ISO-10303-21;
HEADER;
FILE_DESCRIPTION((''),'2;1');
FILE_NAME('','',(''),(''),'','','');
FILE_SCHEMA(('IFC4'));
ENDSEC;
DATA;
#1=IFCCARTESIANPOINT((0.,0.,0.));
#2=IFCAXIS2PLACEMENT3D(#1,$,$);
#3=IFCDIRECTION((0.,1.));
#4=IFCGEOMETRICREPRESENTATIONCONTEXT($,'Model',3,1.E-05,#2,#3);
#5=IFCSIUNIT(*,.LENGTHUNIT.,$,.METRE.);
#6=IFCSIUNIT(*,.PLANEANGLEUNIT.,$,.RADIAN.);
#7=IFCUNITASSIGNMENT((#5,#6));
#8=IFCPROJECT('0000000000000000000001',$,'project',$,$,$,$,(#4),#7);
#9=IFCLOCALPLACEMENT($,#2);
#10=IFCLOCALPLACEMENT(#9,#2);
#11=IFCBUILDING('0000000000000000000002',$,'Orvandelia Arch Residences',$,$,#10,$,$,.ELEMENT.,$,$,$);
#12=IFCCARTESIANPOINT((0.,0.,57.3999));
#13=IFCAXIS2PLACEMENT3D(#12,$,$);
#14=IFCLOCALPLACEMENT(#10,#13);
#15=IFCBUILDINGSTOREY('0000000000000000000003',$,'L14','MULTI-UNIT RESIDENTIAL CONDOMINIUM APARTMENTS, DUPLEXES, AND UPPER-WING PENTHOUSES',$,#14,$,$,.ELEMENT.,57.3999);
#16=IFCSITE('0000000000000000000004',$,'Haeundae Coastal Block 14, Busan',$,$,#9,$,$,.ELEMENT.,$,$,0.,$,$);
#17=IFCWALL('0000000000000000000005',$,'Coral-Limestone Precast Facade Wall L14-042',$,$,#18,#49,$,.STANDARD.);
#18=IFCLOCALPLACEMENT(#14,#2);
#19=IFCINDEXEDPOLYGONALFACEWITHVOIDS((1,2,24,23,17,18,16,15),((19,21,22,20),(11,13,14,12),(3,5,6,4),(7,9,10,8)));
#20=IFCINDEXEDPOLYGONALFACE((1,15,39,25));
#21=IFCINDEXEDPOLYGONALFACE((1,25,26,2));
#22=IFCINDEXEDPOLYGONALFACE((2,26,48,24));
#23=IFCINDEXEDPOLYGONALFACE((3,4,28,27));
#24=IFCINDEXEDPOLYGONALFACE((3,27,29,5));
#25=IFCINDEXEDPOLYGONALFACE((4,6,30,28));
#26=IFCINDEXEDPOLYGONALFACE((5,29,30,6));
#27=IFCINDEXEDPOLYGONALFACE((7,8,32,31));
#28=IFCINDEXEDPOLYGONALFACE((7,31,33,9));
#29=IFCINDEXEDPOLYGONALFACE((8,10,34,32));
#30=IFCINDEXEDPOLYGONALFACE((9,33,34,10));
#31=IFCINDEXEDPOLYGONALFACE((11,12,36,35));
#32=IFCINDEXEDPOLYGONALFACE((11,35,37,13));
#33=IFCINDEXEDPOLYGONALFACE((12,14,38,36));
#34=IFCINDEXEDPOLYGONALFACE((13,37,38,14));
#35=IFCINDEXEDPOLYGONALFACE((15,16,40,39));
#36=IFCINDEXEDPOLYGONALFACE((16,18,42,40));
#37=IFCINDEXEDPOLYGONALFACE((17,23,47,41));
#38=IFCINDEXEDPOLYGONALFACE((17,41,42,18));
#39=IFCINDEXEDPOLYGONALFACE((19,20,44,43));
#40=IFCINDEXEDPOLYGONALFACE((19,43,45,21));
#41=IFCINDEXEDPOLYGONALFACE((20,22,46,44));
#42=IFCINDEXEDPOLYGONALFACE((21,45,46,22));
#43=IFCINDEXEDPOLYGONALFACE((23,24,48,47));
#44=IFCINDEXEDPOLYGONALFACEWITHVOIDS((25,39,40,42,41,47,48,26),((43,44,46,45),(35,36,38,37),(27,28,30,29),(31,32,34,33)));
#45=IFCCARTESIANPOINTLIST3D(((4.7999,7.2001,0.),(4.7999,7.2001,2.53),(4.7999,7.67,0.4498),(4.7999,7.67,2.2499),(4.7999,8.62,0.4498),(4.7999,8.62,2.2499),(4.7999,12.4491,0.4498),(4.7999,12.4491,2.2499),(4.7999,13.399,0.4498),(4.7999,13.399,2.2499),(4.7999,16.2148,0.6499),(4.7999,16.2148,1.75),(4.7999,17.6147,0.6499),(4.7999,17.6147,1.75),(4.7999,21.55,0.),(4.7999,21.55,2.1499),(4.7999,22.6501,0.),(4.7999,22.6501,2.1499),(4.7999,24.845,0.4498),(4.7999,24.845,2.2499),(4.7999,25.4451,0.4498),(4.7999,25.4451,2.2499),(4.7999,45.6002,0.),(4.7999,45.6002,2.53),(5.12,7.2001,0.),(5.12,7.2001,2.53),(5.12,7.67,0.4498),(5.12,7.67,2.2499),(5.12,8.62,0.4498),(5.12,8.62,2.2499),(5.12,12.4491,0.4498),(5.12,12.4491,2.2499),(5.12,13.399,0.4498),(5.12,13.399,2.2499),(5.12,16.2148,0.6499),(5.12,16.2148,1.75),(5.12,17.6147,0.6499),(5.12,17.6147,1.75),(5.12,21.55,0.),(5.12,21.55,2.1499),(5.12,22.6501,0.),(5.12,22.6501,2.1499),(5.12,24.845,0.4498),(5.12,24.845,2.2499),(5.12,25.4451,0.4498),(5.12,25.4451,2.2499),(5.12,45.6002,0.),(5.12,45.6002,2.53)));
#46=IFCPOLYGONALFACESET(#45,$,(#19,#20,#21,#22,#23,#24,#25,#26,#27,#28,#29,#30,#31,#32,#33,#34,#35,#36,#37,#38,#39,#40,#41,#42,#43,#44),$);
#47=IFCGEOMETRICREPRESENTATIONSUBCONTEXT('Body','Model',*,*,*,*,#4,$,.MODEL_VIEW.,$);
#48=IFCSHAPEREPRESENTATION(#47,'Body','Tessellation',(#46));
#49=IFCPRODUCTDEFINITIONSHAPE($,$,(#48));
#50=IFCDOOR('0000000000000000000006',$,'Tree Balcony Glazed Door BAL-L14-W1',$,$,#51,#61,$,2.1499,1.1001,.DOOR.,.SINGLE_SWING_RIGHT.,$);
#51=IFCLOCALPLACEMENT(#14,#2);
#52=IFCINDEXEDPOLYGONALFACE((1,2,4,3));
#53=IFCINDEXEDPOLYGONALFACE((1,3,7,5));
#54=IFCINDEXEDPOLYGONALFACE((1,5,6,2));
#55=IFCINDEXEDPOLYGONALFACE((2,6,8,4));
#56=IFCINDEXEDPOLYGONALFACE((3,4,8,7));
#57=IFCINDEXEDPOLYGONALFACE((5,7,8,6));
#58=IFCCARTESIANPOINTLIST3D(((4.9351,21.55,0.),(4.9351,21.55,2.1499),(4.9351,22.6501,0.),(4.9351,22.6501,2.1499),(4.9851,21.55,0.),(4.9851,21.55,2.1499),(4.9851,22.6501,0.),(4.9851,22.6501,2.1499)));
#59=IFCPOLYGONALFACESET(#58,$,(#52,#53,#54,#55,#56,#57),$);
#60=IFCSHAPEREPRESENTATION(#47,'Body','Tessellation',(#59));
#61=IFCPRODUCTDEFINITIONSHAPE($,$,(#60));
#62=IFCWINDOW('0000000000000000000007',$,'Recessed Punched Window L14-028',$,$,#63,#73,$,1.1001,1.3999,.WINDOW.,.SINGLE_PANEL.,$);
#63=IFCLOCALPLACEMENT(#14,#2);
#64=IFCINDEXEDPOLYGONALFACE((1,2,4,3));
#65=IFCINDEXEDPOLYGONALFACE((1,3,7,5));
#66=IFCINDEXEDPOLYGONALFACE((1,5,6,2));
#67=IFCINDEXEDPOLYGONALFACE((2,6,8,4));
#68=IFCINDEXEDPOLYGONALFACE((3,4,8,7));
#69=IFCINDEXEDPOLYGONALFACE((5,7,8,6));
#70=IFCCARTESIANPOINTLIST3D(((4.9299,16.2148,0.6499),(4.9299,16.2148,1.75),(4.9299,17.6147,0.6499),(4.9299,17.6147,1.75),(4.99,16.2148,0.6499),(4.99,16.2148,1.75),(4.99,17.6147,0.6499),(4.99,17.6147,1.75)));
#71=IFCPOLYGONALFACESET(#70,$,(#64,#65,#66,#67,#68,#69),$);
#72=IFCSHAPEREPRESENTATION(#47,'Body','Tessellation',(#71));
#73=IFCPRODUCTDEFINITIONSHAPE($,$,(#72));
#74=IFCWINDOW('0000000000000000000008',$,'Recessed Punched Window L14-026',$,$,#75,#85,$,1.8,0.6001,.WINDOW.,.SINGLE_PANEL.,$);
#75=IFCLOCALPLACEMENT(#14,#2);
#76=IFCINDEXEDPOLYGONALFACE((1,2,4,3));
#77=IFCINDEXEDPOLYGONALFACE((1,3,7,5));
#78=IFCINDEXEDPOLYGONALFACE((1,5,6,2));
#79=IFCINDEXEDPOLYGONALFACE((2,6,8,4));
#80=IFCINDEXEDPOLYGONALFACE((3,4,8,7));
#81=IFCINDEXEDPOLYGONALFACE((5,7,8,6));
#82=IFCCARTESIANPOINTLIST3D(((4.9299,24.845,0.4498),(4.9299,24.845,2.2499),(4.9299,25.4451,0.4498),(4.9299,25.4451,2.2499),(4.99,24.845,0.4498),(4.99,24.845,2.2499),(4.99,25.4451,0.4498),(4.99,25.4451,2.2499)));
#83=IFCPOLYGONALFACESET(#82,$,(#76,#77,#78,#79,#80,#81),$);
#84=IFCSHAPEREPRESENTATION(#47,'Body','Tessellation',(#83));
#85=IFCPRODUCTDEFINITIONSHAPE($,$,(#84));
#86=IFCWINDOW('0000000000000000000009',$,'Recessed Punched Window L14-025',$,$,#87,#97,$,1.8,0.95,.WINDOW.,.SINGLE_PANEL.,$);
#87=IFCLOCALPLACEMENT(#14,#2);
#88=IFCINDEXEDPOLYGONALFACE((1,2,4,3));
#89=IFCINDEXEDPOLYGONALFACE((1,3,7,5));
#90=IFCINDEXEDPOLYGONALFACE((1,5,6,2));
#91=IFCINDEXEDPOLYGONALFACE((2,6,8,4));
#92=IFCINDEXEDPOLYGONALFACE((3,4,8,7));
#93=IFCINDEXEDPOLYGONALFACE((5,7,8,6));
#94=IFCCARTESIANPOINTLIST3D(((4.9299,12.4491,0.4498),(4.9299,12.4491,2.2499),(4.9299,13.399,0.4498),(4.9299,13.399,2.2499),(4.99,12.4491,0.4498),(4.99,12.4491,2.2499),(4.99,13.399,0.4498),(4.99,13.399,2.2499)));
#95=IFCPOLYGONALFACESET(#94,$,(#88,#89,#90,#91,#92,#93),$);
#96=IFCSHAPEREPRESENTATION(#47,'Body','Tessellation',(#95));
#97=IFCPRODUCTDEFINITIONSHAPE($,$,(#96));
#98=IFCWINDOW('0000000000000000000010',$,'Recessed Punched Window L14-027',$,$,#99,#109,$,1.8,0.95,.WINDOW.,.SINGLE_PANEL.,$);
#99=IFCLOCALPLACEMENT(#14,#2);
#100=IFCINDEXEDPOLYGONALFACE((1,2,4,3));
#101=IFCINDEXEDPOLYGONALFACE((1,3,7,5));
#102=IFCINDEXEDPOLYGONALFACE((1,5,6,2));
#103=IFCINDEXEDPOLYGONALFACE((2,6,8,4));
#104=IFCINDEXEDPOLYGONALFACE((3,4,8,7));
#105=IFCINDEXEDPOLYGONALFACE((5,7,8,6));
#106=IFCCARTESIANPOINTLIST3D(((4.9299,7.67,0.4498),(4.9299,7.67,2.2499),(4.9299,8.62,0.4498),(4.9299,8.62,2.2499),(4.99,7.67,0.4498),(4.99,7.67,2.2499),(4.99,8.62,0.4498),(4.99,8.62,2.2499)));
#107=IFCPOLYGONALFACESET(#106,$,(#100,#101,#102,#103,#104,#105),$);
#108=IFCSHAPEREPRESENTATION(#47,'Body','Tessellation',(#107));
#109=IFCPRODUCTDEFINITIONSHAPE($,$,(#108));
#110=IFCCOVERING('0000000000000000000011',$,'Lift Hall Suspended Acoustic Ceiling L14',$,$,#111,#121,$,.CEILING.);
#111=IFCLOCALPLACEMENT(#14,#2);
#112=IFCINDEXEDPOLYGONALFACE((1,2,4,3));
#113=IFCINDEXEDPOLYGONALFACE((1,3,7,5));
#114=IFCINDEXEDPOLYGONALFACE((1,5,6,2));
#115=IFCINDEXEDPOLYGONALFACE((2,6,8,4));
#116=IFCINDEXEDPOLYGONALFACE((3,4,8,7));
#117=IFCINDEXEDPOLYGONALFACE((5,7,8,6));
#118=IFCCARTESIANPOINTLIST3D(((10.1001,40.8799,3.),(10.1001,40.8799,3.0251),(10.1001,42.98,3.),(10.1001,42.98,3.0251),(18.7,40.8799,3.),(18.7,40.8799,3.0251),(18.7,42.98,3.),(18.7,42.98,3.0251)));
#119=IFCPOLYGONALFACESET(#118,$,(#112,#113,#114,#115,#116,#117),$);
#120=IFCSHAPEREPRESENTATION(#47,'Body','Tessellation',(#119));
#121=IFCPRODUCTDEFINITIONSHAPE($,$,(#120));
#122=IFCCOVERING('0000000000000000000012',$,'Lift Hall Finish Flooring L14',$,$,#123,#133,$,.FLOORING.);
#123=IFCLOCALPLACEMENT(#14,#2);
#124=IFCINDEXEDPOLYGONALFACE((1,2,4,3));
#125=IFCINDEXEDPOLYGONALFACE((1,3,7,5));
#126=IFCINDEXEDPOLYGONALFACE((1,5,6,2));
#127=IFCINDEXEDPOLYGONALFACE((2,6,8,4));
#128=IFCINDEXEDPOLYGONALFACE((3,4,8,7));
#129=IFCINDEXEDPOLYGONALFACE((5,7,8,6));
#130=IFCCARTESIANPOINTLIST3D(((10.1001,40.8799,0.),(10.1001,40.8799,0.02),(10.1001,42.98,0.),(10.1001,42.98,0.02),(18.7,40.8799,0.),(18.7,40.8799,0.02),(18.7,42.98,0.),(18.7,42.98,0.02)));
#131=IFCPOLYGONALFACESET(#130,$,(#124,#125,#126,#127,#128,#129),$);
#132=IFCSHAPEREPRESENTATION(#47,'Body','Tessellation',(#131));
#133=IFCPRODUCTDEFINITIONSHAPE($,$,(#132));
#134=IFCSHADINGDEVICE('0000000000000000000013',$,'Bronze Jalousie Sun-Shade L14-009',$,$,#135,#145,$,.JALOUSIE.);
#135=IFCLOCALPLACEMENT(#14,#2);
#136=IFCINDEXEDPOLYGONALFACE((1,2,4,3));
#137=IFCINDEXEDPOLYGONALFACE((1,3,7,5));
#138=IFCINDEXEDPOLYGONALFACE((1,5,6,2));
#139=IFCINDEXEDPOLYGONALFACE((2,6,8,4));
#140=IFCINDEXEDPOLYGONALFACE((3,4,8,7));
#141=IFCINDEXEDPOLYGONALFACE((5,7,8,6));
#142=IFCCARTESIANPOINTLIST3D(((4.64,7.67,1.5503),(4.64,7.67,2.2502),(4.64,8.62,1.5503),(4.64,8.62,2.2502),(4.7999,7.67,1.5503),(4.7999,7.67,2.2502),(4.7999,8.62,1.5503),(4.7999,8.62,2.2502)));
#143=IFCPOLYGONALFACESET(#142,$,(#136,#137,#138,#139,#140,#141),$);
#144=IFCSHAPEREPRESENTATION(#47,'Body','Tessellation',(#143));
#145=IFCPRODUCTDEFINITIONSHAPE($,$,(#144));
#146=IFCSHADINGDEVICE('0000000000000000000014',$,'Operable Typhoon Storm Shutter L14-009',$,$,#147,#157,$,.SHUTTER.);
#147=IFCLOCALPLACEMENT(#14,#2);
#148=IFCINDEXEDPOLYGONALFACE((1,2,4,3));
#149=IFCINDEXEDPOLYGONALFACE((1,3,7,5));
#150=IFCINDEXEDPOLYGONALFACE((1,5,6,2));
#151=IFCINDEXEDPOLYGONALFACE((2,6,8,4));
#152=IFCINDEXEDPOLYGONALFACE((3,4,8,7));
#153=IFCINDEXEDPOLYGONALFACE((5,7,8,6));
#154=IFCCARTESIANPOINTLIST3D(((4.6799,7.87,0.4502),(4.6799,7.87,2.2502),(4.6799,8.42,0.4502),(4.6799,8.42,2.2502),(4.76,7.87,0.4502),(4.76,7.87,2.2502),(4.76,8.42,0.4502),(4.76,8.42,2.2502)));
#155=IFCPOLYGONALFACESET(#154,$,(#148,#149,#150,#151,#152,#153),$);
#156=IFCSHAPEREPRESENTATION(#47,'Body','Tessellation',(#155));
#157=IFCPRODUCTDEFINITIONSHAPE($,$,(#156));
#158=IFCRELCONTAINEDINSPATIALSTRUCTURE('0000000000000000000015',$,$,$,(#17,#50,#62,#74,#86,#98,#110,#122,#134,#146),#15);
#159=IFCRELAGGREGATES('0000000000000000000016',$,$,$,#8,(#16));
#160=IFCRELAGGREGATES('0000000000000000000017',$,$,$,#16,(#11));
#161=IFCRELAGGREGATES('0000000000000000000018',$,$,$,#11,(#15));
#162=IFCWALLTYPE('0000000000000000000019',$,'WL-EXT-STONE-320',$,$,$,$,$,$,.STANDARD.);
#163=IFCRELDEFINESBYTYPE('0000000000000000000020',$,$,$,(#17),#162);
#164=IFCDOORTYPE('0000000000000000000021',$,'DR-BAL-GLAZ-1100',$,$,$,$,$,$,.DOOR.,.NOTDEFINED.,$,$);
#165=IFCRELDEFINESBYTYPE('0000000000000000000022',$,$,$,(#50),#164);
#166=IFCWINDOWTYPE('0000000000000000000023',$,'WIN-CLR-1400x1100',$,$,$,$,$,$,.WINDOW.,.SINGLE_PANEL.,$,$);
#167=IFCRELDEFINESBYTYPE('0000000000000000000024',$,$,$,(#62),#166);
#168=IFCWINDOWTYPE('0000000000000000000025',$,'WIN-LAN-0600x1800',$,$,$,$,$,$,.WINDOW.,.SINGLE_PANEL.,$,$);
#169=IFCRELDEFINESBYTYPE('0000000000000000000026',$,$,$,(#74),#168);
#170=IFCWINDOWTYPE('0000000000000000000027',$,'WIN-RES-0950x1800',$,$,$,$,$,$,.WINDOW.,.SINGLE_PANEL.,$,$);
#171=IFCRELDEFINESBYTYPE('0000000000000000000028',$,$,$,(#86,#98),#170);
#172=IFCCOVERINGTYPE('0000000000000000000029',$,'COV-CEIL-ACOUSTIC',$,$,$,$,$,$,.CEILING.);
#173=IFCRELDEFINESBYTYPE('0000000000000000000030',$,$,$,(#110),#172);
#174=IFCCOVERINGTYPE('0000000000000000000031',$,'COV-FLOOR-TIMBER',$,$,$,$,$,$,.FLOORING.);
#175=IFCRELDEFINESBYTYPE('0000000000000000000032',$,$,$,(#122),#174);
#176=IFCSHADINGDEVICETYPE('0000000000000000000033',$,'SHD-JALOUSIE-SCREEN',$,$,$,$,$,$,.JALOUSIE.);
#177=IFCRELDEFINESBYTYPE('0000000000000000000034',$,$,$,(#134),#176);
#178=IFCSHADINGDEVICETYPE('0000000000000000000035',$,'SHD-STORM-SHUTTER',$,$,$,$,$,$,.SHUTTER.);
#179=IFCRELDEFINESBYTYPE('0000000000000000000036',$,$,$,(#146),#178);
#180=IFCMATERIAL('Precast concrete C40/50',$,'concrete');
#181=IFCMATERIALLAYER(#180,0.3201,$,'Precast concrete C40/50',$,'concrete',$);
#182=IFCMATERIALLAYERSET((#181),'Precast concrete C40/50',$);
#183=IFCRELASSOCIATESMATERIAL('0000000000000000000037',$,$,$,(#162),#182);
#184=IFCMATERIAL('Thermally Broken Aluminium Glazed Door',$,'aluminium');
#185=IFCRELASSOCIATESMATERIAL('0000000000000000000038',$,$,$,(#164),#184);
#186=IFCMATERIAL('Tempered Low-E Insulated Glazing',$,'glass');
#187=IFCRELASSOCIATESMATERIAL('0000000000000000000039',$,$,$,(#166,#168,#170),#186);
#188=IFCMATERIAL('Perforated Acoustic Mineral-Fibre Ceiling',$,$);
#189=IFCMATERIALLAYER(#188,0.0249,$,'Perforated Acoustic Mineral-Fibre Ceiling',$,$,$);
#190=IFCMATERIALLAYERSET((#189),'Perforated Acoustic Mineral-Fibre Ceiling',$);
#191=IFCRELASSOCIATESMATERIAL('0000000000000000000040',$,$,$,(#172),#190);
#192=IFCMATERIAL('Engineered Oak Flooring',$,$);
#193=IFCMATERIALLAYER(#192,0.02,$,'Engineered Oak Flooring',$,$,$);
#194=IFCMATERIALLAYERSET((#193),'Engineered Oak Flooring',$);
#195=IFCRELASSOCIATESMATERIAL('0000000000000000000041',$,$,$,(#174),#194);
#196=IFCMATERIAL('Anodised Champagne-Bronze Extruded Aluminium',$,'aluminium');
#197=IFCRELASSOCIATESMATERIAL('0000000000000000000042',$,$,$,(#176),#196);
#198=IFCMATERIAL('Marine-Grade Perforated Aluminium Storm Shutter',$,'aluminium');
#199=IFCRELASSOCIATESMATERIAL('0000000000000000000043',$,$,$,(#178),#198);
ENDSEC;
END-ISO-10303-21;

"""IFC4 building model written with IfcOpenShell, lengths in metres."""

from ifc_helpers import new_model, si_unit, direction, frame, frame_2d, origin, origin_2d, place, context, subcontext, project, spatial, polyline, rectangle, outline, extrude, material, layer, layer_set, type_object, element, fill, save


model = new_model("IFC4")

# Units and contexts
model_context = context("Model", 3, precision=1e-05, world=origin(), true_north=direction((0.0, 1.0)))
body_context = subcontext(model_context, "Body", "Model", "MODEL_VIEW")
ifc_project = project(units=[si_unit("LENGTHUNIT", "METRE"), si_unit("PLANEANGLEUNIT", "RADIAN")], contexts=[model_context])

# Site, building, storey
site_placement = place(None, origin())
site = spatial("IfcSite", under=ifc_project, at=site_placement, Name="Haeundae Coastal Block 14, Busan", CompositionType="ELEMENT", RefElevation=0.0)
building_placement = place(site_placement, origin())
building = spatial("IfcBuilding", under=site, at=building_placement, Name="Orvandelia Arch Residences", CompositionType="ELEMENT")
storey_placement = place(building_placement, frame((0.0, 0.0, 57.3999)))
storey = spatial("IfcBuildingStorey", under=building, at=storey_placement, Name="L14", Description="MULTI-UNIT RESIDENTIAL CONDOMINIUM APARTMENTS, DUPLEXES, AND UPPER-WING PENTHOUSES", CompositionType="ELEMENT", Elevation=57.3999)

# Shared definitions
ifc_material_1 = material(Name="Precast concrete C40/50", Category="concrete")

# Shared definitions
ifc_layer_1 = layer(ifc_material_1, 0.3201, Name="Precast concrete C40/50", Category="concrete")
ifc_layer_set_1 = layer_set([ifc_layer_1], Name="Precast concrete C40/50")
wall_type_1 = type_object("IfcWallType", Name="WL-EXT-STONE-320", PredefinedType="STANDARD", material=ifc_layer_set_1)

# Wall, openings, door, windows
wall_1_placement = place(storey_placement, frame((4.96, 7.2, 0.0), z_axis=(0.0, 0.0, 1.0), x_axis=(0.0, 1.0, 0.0)))
wall_1 = element("IfcWall", 1, at=wall_1_placement, inside=storey, type_object=wall_type_1, Name="Coral-Limestone Precast Facade Wall L14-042", PredefinedType="STANDARD", context=body_context, shape_type="SweptSolid", body=[
    extrude(rectangle(XDim=38.4001, YDim=0.3201, at=frame_2d((19.2002, 0.0))), origin(), (0.0, 0.0, 1.0), 2.53),
])
opening_1_placement = place(wall_1_placement, frame((14.3501, 0.0, 0.0)))
opening_1 = element("IfcOpeningElement", 2, at=opening_1_placement, cuts=wall_1, PredefinedType="OPENING", context=body_context, shape_type="SweptSolid", body=[
    extrude(rectangle(XDim=1.1001, YDim=2.1499, at=frame_2d((0.55, 1.075))), frame((0.0, 0.1699, 0.0), z_axis=(0.0, -1.0, 0.0), x_axis=(1.0, 0.0, 0.0)), (0.0, 0.0, 1.0), 0.3401),
])
opening_2_placement = place(wall_1_placement, frame((5.249, 0.0, 0.45)))
opening_2 = element("IfcOpeningElement", 3, at=opening_2_placement, cuts=wall_1, PredefinedType="OPENING", context=body_context, shape_type="SweptSolid", body=[
    extrude(rectangle(XDim=0.95, YDim=1.8, at=frame_2d((0.4751, 0.8999))), frame((0.0, 0.1699, 0.0), z_axis=(0.0, -1.0, 0.0), x_axis=(1.0, 0.0, 0.0)), (0.0, 0.0, 1.0), 0.3401),
])
opening_3_placement = place(wall_1_placement, frame((17.645, 0.0, 0.45)))
opening_3 = element("IfcOpeningElement", 4, at=opening_3_placement, cuts=wall_1, PredefinedType="OPENING", context=body_context, shape_type="SweptSolid", body=[
    extrude(rectangle(XDim=0.6001, YDim=1.8, at=frame_2d((0.3, 0.8999))), frame((0.0, 0.1699, 0.0), z_axis=(0.0, -1.0, 0.0), x_axis=(1.0, 0.0, 0.0)), (0.0, 0.0, 1.0), 0.3401),
])
opening_4_placement = place(wall_1_placement, frame((0.47, 0.0, 0.45)))
opening_4 = element("IfcOpeningElement", 5, at=opening_4_placement, cuts=wall_1, PredefinedType="OPENING", context=body_context, shape_type="SweptSolid", body=[
    extrude(rectangle(XDim=0.95, YDim=1.8, at=frame_2d((0.4751, 0.8999))), frame((0.0, 0.1699, 0.0), z_axis=(0.0, -1.0, 0.0), x_axis=(1.0, 0.0, 0.0)), (0.0, 0.0, 1.0), 0.3401),
])
opening_5_placement = place(wall_1_placement, frame((9.0149, 0.0, 0.6499)))
opening_5 = element("IfcOpeningElement", 6, at=opening_5_placement, cuts=wall_1, PredefinedType="OPENING", context=body_context, shape_type="SweptSolid", body=[
    extrude(rectangle(XDim=1.3999, YDim=1.1001, at=frame_2d((0.7, 0.55))), frame((0.0, 0.1699, 0.0), z_axis=(0.0, -1.0, 0.0), x_axis=(1.0, 0.0, 0.0)), (0.0, 0.0, 1.0), 0.3401),
])
ifc_material_2 = material(Name="Thermally Broken Aluminium Glazed Door", Category="aluminium")
door_type_1 = type_object("IfcDoorType", Name="DR-BAL-GLAZ-1100", OperationType="NOTDEFINED", PredefinedType="DOOR", material=ifc_material_2)
door_1_placement = place(opening_1_placement, origin())
door_1 = element("IfcDoor", 7, at=door_1_placement, inside=storey, type_object=door_type_1, Name="Tree Balcony Glazed Door BAL-L14-W1", OperationType="SINGLE_SWING_RIGHT", OverallHeight=2.1499, OverallWidth=1.1001, PredefinedType="DOOR", context=body_context, shape_type="SweptSolid", body=[
    extrude(rectangle(XDim=1.1001, YDim=2.1499, at=frame_2d((0.55, 1.075))), frame((0.0, 0.0249, 0.0), z_axis=(0.0, -1.0, 0.0), x_axis=(1.0, 0.0, 0.0)), (0.0, 0.0, 1.0), 0.05),
])
fill(opening_1, door_1)
ifc_material_3 = material(Name="Tempered Low-E Insulated Glazing", Category="glass")
window_type_1 = type_object("IfcWindowType", Name="WIN-CLR-1400x1100", PartitioningType="SINGLE_PANEL", PredefinedType="WINDOW", material=ifc_material_3)
window_1_placement = place(opening_5_placement, origin())
window_1 = element("IfcWindow", 8, at=window_1_placement, inside=storey, type_object=window_type_1, Name="Recessed Punched Window L14-028", OverallHeight=1.1001, OverallWidth=1.3999, PartitioningType="SINGLE_PANEL", PredefinedType="WINDOW", context=body_context, shape_type="SweptSolid", body=[
    extrude(rectangle(XDim=1.3999, YDim=1.1001, at=frame_2d((0.7, 0.55))), frame((0.0, 0.03, 0.0), z_axis=(0.0, -1.0, 0.0), x_axis=(1.0, 0.0, 0.0)), (0.0, 0.0, 1.0), 0.0601),
])
fill(opening_5, window_1)
window_type_2 = type_object("IfcWindowType", Name="WIN-LAN-0600x1800", PartitioningType="SINGLE_PANEL", PredefinedType="WINDOW", material=ifc_material_3)
window_2_placement = place(opening_3_placement, origin())
window_2 = element("IfcWindow", 9, at=window_2_placement, inside=storey, type_object=window_type_2, Name="Recessed Punched Window L14-026", OverallHeight=1.8, OverallWidth=0.6001, PartitioningType="SINGLE_PANEL", PredefinedType="WINDOW", context=body_context, shape_type="SweptSolid", body=[
    extrude(rectangle(XDim=0.6001, YDim=1.8, at=frame_2d((0.3, 0.8999))), frame((0.0, 0.03, 0.0), z_axis=(0.0, -1.0, 0.0), x_axis=(1.0, 0.0, 0.0)), (0.0, 0.0, 1.0), 0.0601),
])
fill(opening_3, window_2)
window_type_3 = type_object("IfcWindowType", Name="WIN-RES-0950x1800", PartitioningType="SINGLE_PANEL", PredefinedType="WINDOW", material=ifc_material_3)
window_3_placement = place(opening_2_placement, origin())
window_3 = element("IfcWindow", 10, at=window_3_placement, inside=storey, type_object=window_type_3, Name="Recessed Punched Window L14-025", OverallHeight=1.8, OverallWidth=0.95, PartitioningType="SINGLE_PANEL", PredefinedType="WINDOW", context=body_context, shape_type="SweptSolid", body=[
    extrude(rectangle(XDim=0.95, YDim=1.8, at=frame_2d((0.4751, 0.8999))), frame((0.0, 0.03, 0.0), z_axis=(0.0, -1.0, 0.0), x_axis=(1.0, 0.0, 0.0)), (0.0, 0.0, 1.0), 0.0601),
])
fill(opening_2, window_3)
window_4_placement = place(opening_4_placement, origin())
window_4 = element("IfcWindow", 11, at=window_4_placement, inside=storey, type_object=window_type_3, Name="Recessed Punched Window L14-027", OverallHeight=1.8, OverallWidth=0.95, PartitioningType="SINGLE_PANEL", PredefinedType="WINDOW", context=body_context, shape_type="SweptSolid", body=[
    extrude(rectangle(XDim=0.95, YDim=1.8, at=frame_2d((0.4751, 0.8999))), frame((0.0, 0.03, 0.0), z_axis=(0.0, -1.0, 0.0), x_axis=(1.0, 0.0, 0.0)), (0.0, 0.0, 1.0), 0.0601),
])
fill(opening_4, window_4)

# Coverings
ifc_material_4 = material(Name="Perforated Acoustic Mineral-Fibre Ceiling")
ifc_layer_2 = layer(ifc_material_4, 0.0249, Name="Perforated Acoustic Mineral-Fibre Ceiling")
ifc_layer_set_2 = layer_set([ifc_layer_2], Name="Perforated Acoustic Mineral-Fibre Ceiling")
covering_type_1 = type_object("IfcCoveringType", Name="COV-CEIL-ACOUSTIC", PredefinedType="CEILING", material=ifc_layer_set_2)
covering_1_placement = place(storey_placement, frame((0.0, 0.0, 3.0)))
element("IfcCovering", 12, at=covering_1_placement, inside=storey, type_object=covering_type_1, Name="Lift Hall Suspended Acoustic Ceiling L14", PredefinedType="CEILING", context=body_context, shape_type="SweptSolid", body=[
    extrude(outline(polyline([(10.1001, 40.8799), (18.7, 40.8799), (18.7, 42.98), (10.1001, 42.98), (10.1001, 40.8799)])), origin(), (0.0, 0.0, 1.0), 0.0251),
])
ifc_material_5 = material(Name="Engineered Oak Flooring")
ifc_layer_3 = layer(ifc_material_5, 0.02, Name="Engineered Oak Flooring")
ifc_layer_set_3 = layer_set([ifc_layer_3], Name="Engineered Oak Flooring")
covering_type_2 = type_object("IfcCoveringType", Name="COV-FLOOR-TIMBER", PredefinedType="FLOORING", material=ifc_layer_set_3)
covering_2_placement = place(storey_placement, origin())
element("IfcCovering", 13, at=covering_2_placement, inside=storey, type_object=covering_type_2, Name="Lift Hall Finish Flooring L14", PredefinedType="FLOORING", context=body_context, shape_type="SweptSolid", body=[
    extrude(outline(polyline([(10.1001, 40.8799), (18.7, 40.8799), (18.7, 42.98), (10.1001, 42.98), (10.1001, 40.8799)])), origin(), (0.0, 0.0, 1.0), 0.02),
])

# Shading devices
ifc_material_6 = material(Name="Anodised Champagne-Bronze Extruded Aluminium", Category="aluminium")
shading_device_type_1 = type_object("IfcShadingDeviceType", Name="SHD-JALOUSIE-SCREEN", PredefinedType="JALOUSIE", material=ifc_material_6)
shading_device_1_placement = place(storey_placement, frame((4.72, 8.145, 1.5503), z_axis=(0.0, 0.0, 1.0), x_axis=(0.0, 1.0, 0.0)))
element("IfcShadingDevice", 14, at=shading_device_1_placement, inside=storey, type_object=shading_device_type_1, Name="Bronze Jalousie Sun-Shade L14-009", PredefinedType="JALOUSIE", context=body_context, shape_type="SweptSolid", body=[
    extrude(rectangle(XDim=0.95, YDim=0.1599, at=origin_2d()), origin(), (0.0, 0.0, 1.0), 0.7),
])
ifc_material_7 = material(Name="Marine-Grade Perforated Aluminium Storm Shutter", Category="aluminium")
shading_device_type_2 = type_object("IfcShadingDeviceType", Name="SHD-STORM-SHUTTER", PredefinedType="SHUTTER", material=ifc_material_7)
shading_device_2_placement = place(storey_placement, frame((4.72, 8.145, 0.4502), z_axis=(0.0, 0.0, 1.0), x_axis=(0.0, 1.0, 0.0)))
element("IfcShadingDevice", 15, at=shading_device_2_placement, inside=storey, type_object=shading_device_type_2, Name="Operable Typhoon Storm Shutter L14-009", PredefinedType="SHUTTER", context=body_context, shape_type="SweptSolid", body=[
    extrude(rectangle(XDim=0.55, YDim=0.0801, at=origin_2d()), origin(), (0.0, 0.0, 1.0), 1.8),
])

save(model, "model.ifc")
